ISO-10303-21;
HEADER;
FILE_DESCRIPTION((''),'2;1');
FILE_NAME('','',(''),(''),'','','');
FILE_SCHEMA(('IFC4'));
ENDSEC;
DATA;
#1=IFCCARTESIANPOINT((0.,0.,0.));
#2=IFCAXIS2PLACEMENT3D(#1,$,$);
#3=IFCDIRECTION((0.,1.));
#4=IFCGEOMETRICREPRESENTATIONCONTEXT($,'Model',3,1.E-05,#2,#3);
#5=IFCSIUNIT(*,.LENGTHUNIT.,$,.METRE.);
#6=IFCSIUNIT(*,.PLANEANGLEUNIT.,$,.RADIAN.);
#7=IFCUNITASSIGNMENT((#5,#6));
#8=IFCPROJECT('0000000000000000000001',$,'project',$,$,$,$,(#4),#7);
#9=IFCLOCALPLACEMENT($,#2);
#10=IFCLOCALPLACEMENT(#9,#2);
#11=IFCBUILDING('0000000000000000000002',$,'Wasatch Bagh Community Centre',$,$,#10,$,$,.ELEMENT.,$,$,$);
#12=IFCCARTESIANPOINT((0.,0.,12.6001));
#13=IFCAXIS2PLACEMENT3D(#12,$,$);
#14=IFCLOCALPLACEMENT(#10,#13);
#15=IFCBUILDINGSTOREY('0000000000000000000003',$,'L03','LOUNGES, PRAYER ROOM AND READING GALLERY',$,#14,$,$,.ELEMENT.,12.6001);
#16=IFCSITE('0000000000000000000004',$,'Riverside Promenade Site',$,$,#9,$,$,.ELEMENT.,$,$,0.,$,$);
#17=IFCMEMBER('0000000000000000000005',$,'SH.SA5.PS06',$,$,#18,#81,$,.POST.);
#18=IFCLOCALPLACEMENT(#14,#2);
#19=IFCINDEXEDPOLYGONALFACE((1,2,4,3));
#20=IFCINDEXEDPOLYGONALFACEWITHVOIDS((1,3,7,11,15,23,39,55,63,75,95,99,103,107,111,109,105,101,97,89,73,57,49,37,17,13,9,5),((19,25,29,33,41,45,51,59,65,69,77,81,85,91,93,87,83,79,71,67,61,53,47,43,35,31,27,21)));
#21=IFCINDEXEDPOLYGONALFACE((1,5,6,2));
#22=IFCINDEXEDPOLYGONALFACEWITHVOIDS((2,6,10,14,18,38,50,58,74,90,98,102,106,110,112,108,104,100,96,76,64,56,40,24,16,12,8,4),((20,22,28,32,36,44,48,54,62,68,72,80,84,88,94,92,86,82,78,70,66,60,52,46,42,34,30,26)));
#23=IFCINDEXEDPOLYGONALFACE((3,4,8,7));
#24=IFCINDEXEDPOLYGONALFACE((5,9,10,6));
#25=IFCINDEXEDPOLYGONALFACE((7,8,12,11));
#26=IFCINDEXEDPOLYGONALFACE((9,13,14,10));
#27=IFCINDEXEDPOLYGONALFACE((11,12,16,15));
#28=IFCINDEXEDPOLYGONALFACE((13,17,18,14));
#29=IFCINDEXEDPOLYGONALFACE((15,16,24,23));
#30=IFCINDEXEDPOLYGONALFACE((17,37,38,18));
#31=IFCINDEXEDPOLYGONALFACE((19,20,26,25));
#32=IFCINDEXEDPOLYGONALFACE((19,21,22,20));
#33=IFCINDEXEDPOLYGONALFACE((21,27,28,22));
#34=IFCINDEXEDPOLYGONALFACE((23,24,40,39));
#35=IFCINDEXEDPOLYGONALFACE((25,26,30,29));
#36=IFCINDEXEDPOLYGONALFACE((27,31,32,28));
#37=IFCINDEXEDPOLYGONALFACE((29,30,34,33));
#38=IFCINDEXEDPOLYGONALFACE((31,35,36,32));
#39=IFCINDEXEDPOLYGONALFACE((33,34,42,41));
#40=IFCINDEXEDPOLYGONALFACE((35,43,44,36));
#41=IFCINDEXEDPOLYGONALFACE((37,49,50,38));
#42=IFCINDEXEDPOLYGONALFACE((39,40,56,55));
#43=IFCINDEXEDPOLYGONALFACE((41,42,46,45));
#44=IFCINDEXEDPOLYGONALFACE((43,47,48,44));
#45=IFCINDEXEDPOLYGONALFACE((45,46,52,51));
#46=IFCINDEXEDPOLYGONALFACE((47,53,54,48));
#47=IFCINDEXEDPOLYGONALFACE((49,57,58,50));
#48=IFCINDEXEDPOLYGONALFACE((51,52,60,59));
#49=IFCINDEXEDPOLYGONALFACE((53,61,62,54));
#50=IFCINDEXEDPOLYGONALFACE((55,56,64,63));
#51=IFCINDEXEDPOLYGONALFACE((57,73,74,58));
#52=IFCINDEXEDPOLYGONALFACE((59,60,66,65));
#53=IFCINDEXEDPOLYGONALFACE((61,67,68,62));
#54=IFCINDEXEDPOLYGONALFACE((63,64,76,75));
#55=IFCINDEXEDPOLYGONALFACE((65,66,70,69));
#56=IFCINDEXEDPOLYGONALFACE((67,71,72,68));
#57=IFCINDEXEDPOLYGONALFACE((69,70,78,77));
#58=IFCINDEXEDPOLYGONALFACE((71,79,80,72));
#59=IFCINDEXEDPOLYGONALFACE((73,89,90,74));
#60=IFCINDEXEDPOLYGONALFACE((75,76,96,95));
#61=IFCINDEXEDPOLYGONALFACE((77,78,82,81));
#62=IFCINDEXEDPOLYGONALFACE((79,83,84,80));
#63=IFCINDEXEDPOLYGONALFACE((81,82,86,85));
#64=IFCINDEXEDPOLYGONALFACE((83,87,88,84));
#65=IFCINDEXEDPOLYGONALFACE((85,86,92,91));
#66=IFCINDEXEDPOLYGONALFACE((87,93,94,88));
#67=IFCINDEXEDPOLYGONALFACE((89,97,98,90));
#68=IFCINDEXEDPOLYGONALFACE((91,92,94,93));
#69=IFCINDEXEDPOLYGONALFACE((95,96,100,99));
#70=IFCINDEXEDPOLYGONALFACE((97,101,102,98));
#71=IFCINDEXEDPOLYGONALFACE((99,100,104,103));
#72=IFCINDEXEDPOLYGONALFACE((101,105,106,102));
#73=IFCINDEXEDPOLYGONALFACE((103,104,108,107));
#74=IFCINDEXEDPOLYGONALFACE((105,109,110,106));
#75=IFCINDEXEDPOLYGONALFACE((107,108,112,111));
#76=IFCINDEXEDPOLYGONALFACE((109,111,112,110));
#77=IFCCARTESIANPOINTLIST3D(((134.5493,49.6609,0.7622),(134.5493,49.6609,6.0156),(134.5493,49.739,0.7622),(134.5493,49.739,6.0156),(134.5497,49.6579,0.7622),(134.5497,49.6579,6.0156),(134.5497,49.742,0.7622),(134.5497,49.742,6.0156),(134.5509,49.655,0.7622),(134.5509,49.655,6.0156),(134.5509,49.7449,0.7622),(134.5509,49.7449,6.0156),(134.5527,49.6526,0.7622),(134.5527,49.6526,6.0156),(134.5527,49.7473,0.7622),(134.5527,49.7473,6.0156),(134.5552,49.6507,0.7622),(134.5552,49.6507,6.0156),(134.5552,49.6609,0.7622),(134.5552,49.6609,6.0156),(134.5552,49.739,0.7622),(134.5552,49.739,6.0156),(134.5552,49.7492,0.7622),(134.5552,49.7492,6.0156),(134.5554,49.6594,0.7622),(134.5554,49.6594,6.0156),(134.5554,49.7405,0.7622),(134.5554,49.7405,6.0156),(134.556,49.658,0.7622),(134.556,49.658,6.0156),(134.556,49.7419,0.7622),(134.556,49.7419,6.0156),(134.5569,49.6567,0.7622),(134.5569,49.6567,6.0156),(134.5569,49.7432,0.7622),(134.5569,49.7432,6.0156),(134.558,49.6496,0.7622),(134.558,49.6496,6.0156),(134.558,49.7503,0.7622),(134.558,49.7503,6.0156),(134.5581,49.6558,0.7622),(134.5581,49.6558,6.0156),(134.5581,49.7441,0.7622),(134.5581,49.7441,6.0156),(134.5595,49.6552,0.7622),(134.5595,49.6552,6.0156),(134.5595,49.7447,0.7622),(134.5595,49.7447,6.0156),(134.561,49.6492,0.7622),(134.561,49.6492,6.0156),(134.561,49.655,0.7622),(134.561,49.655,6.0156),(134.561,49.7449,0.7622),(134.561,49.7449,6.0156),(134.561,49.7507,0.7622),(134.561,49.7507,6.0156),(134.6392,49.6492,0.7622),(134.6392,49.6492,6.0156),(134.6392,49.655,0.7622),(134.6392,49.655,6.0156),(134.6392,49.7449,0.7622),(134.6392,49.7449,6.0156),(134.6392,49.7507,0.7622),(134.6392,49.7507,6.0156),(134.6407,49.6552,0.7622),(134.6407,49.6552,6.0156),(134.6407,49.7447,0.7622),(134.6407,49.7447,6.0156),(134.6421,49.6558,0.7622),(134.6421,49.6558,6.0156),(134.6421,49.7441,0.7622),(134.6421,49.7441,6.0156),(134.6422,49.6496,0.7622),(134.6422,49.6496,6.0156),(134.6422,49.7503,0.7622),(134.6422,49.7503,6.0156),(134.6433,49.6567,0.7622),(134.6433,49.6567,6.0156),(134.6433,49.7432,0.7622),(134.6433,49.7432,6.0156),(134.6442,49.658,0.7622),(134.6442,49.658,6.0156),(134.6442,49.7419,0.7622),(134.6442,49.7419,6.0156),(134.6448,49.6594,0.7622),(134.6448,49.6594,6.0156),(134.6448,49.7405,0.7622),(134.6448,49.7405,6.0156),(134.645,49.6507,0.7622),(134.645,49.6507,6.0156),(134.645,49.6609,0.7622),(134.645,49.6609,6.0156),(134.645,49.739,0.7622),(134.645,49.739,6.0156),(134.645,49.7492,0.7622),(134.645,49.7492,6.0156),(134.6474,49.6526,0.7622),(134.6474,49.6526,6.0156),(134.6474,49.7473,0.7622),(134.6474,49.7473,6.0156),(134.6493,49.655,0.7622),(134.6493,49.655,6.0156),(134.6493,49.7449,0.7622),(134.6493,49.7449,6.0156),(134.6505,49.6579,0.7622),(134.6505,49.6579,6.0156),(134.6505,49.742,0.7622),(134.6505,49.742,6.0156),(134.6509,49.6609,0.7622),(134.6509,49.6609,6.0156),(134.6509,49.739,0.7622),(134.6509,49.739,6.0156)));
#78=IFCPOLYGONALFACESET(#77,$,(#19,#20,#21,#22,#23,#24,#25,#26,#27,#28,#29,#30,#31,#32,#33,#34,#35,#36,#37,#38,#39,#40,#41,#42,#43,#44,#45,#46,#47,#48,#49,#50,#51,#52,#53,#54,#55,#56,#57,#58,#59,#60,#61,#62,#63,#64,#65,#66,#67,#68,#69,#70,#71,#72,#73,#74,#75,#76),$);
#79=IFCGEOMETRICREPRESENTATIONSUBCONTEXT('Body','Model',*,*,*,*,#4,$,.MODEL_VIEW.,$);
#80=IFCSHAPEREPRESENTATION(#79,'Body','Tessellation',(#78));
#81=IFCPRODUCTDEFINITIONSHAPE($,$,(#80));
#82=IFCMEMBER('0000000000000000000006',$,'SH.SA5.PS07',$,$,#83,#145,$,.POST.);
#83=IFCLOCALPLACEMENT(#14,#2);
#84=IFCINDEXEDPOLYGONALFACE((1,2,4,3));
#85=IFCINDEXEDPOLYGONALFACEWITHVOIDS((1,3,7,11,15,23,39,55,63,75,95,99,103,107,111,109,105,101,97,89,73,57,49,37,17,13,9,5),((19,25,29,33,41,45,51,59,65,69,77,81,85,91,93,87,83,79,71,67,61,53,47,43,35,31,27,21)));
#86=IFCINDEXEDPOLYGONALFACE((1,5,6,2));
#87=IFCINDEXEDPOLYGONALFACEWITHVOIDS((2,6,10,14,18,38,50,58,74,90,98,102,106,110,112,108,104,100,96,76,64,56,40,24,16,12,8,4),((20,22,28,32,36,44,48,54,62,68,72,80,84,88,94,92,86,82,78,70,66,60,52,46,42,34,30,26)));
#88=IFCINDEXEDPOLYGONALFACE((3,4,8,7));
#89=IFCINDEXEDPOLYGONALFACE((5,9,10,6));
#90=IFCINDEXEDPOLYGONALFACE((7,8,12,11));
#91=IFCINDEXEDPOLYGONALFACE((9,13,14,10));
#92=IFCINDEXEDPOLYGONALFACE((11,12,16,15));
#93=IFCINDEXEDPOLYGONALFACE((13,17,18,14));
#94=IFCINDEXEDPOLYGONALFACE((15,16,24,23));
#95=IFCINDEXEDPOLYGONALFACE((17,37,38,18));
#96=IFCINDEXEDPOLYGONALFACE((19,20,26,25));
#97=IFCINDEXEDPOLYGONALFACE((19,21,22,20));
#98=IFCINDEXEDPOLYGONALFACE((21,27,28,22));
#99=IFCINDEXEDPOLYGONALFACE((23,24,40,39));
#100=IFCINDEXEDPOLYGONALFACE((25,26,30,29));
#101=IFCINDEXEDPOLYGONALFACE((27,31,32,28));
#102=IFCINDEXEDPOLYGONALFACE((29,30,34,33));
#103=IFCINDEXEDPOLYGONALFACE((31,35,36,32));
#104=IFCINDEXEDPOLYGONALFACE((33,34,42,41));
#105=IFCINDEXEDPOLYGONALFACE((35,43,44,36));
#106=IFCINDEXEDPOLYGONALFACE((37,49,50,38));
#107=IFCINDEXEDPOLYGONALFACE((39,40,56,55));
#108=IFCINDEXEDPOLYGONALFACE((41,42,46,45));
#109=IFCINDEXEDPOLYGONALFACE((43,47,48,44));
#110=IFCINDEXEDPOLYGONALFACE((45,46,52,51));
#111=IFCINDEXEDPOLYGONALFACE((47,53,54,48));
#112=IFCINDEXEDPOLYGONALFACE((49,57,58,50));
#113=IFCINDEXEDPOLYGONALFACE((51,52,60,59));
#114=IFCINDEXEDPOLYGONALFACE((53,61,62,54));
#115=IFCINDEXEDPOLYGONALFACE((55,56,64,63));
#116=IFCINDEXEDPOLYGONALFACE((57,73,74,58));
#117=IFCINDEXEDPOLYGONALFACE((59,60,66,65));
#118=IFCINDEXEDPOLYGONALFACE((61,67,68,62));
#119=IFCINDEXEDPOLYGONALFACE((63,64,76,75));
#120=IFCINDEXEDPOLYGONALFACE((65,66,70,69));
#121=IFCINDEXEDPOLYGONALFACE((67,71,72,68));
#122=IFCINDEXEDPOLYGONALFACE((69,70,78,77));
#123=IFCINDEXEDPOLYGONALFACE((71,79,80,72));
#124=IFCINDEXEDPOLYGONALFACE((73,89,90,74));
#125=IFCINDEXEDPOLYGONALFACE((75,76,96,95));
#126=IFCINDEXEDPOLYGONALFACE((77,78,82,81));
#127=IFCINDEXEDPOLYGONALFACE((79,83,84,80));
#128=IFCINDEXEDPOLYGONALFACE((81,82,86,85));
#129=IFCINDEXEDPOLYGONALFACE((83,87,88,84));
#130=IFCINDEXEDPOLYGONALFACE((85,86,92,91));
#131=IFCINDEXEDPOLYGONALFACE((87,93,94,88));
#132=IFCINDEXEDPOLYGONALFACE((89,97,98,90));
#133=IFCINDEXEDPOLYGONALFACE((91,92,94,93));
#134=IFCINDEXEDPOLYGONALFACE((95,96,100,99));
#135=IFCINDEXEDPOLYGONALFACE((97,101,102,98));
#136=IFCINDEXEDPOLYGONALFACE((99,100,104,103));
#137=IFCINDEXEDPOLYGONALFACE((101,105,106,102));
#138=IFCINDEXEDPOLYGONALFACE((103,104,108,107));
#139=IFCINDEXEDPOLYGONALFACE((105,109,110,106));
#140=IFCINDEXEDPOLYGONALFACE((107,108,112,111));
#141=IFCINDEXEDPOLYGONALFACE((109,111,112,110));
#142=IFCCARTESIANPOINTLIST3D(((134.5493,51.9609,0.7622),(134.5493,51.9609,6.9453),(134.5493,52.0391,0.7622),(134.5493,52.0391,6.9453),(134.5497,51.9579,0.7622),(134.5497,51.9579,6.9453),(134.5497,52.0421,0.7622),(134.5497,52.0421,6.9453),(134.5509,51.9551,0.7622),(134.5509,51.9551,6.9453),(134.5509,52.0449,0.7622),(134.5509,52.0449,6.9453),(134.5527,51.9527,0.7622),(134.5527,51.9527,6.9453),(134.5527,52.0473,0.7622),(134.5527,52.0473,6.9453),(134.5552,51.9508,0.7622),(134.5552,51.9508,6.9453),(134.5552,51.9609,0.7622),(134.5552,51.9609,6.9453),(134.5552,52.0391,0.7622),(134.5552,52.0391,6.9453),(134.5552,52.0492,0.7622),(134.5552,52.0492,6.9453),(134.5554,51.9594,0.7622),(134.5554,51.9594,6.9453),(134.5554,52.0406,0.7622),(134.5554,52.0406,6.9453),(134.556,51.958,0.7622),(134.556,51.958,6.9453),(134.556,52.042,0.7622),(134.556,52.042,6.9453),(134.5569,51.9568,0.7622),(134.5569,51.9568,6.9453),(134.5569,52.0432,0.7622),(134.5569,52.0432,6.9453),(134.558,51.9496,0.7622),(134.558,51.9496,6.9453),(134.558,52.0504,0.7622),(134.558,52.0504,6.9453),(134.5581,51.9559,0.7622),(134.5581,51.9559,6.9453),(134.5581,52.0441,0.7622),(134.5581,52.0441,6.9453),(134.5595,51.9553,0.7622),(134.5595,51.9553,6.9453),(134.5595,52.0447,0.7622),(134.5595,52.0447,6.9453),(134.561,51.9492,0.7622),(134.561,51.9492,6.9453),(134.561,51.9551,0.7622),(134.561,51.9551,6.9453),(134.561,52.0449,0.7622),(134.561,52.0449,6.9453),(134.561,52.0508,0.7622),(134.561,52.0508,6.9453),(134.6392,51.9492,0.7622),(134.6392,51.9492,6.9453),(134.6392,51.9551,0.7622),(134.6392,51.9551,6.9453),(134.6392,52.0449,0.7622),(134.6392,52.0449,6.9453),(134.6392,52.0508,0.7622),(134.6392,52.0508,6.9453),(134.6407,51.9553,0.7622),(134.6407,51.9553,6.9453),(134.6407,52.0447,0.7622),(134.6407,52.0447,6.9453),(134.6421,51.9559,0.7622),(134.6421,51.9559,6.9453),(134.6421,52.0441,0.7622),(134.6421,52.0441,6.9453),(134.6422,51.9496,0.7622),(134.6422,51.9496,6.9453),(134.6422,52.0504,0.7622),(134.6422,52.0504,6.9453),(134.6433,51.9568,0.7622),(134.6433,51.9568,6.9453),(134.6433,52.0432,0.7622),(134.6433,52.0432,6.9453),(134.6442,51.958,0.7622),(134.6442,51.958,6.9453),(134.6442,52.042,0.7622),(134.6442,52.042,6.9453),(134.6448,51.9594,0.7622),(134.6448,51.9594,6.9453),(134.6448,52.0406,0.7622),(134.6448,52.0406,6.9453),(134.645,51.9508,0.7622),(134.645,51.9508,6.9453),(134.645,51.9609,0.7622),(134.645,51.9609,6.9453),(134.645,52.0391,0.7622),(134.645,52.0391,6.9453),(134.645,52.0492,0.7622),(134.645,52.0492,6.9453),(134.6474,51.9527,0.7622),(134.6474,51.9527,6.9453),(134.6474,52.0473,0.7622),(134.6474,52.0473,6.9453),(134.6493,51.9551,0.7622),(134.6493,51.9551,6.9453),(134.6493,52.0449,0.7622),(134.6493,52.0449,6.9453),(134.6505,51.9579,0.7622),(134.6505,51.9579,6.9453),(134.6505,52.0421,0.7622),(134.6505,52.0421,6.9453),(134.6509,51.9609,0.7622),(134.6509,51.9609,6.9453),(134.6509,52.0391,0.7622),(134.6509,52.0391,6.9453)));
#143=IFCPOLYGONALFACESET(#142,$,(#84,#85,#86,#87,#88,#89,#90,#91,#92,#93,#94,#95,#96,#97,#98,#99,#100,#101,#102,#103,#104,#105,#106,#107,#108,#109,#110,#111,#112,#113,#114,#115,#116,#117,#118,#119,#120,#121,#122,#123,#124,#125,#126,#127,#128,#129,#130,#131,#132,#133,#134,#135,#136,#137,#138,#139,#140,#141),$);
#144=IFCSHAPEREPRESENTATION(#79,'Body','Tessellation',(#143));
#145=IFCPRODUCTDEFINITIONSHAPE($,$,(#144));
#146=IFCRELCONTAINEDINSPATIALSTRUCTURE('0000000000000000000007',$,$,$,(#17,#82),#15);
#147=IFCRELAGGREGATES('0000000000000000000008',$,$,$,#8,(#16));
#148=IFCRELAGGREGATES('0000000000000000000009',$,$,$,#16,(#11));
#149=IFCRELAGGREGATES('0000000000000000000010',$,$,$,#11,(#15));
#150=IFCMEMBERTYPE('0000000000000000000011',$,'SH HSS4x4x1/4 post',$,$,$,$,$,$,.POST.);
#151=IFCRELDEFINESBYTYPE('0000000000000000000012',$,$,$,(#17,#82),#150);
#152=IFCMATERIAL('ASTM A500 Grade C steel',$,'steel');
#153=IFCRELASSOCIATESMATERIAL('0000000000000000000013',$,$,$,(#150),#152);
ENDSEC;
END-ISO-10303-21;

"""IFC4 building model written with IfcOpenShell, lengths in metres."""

from ifc_helpers import new_model, si_unit, direction, frame, origin, origin_2d, place, context, subcontext, project, spatial, hollow_rectangle, extrude, material, material_profile, profile_set, type_object, element, save


model = new_model("IFC4")

# Units and contexts
model_context = context("Model", 3, precision=1e-05, world=origin(), true_north=direction((0.0, 1.0)))
body_context = subcontext(model_context, "Body", "Model", "MODEL_VIEW")
ifc_project = project(units=[si_unit("LENGTHUNIT", "METRE"), si_unit("PLANEANGLEUNIT", "RADIAN")], contexts=[model_context])

# Site, building, storey
site_placement = place(None, origin())
site = spatial("IfcSite", under=ifc_project, at=site_placement, Name="Riverside Promenade Site", CompositionType="ELEMENT", RefElevation=0.0)
building_placement = place(site_placement, origin())
building = spatial("IfcBuilding", under=site, at=building_placement, Name="Wasatch Bagh Community Centre", CompositionType="ELEMENT")
storey_placement = place(building_placement, frame((0.0, 0.0, 12.6001)))
storey = spatial("IfcBuildingStorey", under=building, at=storey_placement, Name="L03", Description="LOUNGES, PRAYER ROOM AND READING GALLERY", CompositionType="ELEMENT", Elevation=12.6001)

# Members
ifc_material_1 = material(Name="ASTM A500 Grade C steel", Category="steel")
ifc_material_profile_1 = material_profile(ifc_material_1, hollow_rectangle(XDim=0.1016, YDim=0.1016, WallThickness=0.0059, InnerFilletRadius=0.0059, OuterFilletRadius=0.0117, at=origin_2d()), Name="HSS4x4x1/4")
ifc_profile_set_1 = profile_set([ifc_material_profile_1], Name="ASTM A500 Grade C steel")
member_type_1 = type_object("IfcMemberType", Name="SH HSS4x4x1/4 post", PredefinedType="POST", material=ifc_profile_set_1)
member_1_placement = place(storey_placement, frame((134.6001, 49.7, 0.7622), z_axis=(0.0, 0.0, 1.0), x_axis=(1.0, 0.0, 0.0)))
element("IfcMember", 1, at=member_1_placement, inside=storey, type_object=member_type_1, Name="SH.SA5.PS06", PredefinedType="POST", context=body_context, shape_type="SweptSolid", body=[
    extrude(hollow_rectangle(XDim=0.1016, YDim=0.1016, WallThickness=0.0059, InnerFilletRadius=0.0059, OuterFilletRadius=0.0117, at=origin_2d()), origin(), (0.0, 0.0, 1.0), 5.2534),
])
member_2_placement = place(storey_placement, frame((134.6001, 52.0, 0.7622), z_axis=(0.0, 0.0, 1.0), x_axis=(1.0, 0.0, 0.0)))
element("IfcMember", 2, at=member_2_placement, inside=storey, type_object=member_type_1, Name="SH.SA5.PS07", PredefinedType="POST", context=body_context, shape_type="SweptSolid", body=[
    extrude(hollow_rectangle(XDim=0.1016, YDim=0.1016, WallThickness=0.0059, InnerFilletRadius=0.0059, OuterFilletRadius=0.0117, at=origin_2d()), origin(), (0.0, 0.0, 1.0), 6.1831),
])

save(model, "model.ifc")
